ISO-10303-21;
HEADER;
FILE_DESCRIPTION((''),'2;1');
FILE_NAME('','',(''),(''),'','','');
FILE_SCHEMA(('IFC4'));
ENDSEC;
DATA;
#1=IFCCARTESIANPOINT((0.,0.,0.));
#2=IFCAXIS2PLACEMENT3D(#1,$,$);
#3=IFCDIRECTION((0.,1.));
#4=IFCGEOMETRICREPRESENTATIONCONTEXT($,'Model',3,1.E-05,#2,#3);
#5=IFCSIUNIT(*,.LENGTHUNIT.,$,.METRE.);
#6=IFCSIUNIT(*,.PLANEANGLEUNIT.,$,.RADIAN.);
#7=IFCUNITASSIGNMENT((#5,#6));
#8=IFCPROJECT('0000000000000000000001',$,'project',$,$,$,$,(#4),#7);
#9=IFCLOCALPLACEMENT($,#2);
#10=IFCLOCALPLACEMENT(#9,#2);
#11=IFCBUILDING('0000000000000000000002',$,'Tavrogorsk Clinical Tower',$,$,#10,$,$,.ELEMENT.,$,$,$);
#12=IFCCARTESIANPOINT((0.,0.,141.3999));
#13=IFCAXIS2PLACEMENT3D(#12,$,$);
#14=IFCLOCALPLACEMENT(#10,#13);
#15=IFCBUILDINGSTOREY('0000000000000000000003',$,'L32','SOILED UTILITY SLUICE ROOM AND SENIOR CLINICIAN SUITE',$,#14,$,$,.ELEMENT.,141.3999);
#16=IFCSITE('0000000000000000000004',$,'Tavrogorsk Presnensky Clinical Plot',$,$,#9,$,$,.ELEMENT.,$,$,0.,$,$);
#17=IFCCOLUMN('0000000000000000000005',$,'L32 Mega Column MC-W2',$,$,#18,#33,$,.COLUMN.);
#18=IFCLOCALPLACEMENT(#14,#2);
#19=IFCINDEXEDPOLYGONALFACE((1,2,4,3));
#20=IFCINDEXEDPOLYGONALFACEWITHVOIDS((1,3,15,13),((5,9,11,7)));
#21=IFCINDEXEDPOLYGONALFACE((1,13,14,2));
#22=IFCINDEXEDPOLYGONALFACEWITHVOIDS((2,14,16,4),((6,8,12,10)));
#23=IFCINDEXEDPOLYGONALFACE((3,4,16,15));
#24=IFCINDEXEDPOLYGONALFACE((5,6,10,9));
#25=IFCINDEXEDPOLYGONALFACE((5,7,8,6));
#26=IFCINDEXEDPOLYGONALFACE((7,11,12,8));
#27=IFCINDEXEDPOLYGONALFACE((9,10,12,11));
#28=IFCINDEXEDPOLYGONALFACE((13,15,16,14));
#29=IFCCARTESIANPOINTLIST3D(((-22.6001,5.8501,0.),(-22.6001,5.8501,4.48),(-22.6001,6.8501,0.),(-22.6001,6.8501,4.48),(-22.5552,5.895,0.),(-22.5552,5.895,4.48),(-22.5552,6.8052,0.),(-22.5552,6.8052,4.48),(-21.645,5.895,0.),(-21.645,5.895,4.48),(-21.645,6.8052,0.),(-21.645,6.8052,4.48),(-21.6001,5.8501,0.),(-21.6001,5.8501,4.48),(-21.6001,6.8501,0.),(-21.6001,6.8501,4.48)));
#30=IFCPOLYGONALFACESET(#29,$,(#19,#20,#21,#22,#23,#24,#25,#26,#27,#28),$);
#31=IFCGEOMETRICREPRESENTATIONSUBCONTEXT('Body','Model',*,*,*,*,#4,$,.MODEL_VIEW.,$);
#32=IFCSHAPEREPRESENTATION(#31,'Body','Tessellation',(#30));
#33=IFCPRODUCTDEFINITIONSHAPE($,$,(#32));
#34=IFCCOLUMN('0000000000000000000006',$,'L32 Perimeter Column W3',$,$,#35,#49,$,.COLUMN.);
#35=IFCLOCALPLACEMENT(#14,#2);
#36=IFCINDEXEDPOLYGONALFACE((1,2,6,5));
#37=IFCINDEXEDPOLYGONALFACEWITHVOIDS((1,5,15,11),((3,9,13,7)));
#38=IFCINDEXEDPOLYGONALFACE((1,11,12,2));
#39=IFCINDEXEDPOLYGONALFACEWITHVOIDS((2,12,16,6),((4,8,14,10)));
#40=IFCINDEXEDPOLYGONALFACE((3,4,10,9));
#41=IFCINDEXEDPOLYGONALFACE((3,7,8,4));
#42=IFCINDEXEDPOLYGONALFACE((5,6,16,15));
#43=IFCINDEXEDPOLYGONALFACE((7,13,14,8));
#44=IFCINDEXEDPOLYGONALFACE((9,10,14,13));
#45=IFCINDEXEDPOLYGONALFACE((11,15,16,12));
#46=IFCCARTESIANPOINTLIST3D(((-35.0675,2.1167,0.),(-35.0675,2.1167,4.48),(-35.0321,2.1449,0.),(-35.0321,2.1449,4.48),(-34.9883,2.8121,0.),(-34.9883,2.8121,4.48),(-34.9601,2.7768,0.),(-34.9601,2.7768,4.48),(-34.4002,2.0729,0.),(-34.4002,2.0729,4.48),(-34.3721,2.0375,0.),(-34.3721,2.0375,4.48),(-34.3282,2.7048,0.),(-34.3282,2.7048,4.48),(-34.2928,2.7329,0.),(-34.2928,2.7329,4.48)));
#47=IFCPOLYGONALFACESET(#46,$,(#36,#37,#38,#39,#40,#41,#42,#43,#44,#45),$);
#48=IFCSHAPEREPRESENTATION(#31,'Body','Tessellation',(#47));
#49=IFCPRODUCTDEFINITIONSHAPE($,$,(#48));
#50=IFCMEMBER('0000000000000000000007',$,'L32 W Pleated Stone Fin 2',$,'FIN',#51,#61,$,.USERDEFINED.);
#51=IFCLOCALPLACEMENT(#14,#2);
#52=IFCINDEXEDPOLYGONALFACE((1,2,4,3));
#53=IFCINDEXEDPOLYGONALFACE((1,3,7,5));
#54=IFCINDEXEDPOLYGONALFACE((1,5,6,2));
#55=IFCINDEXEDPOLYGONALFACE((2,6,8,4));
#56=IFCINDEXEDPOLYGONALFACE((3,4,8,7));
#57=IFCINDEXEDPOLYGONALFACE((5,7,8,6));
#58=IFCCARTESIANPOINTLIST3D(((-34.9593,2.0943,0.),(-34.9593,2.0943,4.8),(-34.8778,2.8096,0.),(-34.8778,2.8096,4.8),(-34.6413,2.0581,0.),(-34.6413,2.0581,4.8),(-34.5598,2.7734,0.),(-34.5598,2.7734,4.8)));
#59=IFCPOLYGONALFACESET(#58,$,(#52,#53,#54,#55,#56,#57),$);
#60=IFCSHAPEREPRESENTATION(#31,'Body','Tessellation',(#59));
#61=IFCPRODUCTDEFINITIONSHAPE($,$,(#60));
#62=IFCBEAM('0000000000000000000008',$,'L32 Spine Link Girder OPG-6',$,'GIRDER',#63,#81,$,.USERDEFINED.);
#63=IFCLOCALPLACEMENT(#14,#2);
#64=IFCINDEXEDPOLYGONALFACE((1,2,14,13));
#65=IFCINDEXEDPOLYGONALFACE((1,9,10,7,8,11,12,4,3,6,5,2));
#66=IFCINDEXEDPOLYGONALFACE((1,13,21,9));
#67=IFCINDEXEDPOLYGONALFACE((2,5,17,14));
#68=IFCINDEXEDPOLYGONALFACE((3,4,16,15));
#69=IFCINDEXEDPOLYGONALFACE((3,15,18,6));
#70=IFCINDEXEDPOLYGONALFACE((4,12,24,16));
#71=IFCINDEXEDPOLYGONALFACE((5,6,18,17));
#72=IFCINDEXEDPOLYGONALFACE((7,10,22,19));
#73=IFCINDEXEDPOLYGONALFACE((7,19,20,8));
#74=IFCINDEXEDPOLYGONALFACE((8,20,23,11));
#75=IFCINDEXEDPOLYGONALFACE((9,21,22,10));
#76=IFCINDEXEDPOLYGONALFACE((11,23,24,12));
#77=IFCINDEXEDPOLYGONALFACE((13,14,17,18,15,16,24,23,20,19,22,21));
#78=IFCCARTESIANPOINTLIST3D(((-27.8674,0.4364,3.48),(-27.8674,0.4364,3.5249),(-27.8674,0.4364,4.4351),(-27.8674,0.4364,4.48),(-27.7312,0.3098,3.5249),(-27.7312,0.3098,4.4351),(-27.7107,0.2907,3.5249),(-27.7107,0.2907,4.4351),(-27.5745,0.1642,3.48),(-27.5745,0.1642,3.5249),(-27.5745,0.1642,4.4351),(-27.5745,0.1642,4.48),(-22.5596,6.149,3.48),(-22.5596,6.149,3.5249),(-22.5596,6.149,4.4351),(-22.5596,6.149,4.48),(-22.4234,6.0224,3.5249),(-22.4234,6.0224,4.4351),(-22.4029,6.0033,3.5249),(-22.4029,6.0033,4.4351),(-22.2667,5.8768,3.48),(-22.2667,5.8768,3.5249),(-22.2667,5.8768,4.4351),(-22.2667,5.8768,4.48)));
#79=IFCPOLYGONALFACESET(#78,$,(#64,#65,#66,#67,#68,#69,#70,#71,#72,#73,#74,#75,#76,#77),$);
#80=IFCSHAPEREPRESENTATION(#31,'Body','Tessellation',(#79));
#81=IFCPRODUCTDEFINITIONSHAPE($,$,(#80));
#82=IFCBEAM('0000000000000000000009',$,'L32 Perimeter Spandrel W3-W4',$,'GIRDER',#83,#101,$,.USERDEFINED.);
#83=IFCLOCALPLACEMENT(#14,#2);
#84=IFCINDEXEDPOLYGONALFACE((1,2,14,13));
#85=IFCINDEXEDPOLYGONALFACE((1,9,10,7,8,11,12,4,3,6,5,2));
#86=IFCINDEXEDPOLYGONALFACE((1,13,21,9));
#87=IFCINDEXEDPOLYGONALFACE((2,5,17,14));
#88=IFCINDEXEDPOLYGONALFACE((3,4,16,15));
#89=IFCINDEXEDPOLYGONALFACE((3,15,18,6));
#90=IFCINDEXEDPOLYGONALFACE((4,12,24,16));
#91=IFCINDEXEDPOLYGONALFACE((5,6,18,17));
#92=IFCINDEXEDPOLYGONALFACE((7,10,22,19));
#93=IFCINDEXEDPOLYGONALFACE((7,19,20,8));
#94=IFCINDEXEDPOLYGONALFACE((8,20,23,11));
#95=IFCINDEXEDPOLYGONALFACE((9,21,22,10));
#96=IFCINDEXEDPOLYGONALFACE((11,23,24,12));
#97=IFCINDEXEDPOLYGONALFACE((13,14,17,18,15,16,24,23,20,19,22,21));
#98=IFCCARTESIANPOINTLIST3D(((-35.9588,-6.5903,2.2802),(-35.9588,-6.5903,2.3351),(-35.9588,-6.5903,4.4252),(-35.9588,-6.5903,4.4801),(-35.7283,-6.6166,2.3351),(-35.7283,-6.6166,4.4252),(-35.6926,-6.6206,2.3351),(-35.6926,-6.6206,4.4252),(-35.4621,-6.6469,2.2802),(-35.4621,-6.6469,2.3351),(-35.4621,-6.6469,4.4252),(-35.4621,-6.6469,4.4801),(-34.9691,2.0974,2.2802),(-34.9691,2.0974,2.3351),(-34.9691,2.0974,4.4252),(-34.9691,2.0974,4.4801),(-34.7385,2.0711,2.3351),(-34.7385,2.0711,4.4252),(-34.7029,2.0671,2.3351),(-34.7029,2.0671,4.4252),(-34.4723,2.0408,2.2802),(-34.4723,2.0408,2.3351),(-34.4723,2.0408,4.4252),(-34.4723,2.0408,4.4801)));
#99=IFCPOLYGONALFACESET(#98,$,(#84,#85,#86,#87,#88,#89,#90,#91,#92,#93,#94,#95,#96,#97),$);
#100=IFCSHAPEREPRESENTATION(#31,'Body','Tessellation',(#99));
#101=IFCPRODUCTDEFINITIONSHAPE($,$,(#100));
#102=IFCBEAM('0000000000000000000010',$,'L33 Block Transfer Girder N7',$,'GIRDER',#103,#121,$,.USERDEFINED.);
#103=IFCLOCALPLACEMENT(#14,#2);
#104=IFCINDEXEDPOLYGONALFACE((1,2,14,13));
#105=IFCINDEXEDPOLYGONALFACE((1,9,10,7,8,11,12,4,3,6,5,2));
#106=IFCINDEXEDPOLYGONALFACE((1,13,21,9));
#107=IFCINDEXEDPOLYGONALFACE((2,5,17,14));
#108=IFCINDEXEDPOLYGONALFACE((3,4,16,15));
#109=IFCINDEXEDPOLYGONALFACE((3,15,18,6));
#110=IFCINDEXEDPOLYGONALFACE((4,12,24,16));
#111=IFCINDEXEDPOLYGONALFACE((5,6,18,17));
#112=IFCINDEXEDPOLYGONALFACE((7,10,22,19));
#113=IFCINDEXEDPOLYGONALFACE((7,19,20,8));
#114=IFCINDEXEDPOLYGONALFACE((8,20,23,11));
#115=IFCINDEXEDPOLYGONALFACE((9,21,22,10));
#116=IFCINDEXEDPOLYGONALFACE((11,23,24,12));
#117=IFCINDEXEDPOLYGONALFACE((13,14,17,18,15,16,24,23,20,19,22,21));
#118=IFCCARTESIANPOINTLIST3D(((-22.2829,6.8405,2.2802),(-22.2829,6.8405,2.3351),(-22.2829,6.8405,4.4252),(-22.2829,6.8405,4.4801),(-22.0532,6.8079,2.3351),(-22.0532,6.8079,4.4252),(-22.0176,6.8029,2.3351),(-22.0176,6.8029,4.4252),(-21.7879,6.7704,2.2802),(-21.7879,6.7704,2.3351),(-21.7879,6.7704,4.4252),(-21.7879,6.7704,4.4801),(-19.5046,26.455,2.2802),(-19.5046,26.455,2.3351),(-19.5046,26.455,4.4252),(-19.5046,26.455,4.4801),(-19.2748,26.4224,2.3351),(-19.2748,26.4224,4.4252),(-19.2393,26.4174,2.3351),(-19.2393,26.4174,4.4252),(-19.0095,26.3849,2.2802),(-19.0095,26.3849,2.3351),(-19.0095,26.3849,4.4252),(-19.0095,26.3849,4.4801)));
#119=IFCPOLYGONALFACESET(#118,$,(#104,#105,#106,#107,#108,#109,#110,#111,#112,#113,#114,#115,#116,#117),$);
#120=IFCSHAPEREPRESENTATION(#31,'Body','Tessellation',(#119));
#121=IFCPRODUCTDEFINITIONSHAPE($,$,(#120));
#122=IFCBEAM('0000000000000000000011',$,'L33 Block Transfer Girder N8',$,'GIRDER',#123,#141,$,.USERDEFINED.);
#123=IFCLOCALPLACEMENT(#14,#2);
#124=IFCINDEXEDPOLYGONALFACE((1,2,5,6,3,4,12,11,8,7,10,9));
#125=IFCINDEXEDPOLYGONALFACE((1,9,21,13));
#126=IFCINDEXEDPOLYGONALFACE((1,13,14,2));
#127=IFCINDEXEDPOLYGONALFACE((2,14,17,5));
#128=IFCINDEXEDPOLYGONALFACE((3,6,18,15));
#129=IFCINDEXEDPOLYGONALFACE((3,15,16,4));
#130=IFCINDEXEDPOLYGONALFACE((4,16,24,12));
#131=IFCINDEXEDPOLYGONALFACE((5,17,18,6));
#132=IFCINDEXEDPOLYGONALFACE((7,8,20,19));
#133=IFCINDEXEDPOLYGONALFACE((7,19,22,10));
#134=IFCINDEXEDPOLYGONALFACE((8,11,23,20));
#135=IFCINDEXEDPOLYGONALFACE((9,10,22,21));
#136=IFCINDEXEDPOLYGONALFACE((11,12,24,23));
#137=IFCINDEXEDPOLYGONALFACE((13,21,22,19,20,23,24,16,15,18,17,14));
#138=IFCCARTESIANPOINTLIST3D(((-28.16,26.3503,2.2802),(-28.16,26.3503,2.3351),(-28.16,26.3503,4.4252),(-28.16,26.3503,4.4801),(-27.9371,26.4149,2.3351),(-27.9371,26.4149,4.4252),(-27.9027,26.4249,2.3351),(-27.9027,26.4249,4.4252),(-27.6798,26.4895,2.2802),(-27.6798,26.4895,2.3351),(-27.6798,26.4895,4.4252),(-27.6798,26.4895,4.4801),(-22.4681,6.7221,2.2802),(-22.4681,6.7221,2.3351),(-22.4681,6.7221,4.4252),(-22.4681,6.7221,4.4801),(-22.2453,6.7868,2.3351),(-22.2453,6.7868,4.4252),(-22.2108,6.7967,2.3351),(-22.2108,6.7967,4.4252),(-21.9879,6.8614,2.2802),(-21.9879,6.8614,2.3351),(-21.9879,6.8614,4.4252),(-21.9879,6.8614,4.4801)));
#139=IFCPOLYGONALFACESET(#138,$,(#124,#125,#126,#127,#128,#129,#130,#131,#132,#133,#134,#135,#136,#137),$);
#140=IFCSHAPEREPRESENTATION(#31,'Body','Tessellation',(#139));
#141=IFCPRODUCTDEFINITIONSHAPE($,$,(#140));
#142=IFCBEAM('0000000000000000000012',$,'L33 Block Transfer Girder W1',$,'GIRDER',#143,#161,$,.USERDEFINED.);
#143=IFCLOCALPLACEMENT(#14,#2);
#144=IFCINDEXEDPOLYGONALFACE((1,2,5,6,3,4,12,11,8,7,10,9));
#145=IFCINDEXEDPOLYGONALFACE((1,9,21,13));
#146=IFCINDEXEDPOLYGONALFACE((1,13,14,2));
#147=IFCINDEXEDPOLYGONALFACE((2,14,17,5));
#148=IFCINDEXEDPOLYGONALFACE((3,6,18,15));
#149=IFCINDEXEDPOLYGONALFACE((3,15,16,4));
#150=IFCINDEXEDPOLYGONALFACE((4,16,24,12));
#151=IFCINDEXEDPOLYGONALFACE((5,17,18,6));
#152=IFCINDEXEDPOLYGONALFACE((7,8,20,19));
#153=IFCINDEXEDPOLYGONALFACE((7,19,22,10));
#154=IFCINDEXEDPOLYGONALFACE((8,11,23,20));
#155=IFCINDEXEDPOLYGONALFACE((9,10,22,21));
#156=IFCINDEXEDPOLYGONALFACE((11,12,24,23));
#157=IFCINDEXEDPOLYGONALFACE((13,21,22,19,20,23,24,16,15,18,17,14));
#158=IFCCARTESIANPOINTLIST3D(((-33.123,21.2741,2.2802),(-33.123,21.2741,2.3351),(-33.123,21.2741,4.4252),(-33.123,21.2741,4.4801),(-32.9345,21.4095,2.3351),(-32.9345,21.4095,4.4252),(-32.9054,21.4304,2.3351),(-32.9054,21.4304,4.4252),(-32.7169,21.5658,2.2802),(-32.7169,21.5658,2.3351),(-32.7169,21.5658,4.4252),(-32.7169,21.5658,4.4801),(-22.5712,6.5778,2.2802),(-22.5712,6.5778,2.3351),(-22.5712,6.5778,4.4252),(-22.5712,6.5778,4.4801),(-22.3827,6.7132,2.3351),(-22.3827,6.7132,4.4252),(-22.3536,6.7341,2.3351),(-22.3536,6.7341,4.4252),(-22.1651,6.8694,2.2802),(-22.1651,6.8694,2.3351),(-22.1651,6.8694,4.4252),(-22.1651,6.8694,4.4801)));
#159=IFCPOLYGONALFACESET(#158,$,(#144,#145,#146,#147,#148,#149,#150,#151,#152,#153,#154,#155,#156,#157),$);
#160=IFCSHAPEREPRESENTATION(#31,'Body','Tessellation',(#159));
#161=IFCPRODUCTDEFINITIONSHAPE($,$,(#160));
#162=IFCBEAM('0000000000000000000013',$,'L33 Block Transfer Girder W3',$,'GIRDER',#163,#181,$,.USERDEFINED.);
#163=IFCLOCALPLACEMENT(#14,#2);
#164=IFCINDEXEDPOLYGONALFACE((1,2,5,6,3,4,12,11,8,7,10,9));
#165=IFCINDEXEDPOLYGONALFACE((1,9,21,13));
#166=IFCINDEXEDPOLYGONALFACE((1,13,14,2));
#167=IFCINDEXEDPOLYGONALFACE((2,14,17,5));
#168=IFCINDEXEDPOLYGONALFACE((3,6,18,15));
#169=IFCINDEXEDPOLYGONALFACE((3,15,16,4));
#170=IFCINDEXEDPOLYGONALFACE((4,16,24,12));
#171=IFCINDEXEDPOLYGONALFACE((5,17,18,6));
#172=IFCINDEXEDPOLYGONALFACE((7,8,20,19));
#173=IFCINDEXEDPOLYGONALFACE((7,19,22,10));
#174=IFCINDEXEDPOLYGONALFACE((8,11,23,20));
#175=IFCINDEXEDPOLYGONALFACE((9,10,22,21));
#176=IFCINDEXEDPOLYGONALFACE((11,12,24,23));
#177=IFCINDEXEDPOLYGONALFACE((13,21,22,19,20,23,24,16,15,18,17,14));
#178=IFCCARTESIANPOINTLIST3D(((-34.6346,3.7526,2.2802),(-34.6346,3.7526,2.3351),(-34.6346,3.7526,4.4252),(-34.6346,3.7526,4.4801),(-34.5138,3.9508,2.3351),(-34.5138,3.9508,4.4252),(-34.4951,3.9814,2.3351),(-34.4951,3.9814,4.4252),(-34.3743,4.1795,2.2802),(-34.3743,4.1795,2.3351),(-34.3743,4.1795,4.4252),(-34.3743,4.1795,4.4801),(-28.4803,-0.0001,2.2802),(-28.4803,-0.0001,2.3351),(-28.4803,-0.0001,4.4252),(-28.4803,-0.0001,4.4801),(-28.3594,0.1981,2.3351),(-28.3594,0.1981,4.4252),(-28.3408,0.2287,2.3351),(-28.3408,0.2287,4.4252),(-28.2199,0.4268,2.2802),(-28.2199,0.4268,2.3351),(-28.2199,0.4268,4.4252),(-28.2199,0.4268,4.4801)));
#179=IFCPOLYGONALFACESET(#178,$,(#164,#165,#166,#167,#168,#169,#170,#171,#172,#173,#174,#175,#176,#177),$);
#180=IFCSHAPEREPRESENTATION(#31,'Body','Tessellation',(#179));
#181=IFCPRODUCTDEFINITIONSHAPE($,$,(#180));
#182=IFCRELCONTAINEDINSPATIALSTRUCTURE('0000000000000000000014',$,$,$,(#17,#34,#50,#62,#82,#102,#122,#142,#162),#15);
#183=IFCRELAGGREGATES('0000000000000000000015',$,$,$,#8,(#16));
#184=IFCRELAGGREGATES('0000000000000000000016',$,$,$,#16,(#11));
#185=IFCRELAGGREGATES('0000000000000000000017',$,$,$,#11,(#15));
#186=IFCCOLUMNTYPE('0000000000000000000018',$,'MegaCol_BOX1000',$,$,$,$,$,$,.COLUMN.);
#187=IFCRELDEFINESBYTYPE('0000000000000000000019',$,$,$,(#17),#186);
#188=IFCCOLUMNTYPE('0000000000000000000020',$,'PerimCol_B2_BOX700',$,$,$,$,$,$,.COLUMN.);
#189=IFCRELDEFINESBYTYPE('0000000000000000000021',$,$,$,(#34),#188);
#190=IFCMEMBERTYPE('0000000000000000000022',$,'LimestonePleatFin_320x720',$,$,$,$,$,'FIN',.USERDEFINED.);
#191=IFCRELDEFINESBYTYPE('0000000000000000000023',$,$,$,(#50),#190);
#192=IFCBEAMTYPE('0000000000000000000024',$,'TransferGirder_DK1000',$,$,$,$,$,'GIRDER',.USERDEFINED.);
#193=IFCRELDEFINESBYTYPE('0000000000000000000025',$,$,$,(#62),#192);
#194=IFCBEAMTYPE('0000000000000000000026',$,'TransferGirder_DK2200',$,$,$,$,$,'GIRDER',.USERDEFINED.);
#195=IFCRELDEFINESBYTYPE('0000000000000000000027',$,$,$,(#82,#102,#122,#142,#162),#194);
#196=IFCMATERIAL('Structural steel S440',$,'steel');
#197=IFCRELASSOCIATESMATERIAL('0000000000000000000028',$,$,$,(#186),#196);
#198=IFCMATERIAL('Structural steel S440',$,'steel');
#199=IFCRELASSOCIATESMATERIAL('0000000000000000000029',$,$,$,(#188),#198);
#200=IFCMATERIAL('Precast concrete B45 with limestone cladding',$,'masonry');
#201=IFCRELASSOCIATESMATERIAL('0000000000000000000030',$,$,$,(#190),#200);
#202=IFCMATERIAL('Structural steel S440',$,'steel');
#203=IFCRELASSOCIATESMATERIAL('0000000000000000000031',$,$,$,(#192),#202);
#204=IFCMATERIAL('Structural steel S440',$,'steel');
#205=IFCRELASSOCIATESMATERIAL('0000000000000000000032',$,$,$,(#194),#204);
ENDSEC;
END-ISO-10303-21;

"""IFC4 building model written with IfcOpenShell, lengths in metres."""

from ifc_helpers import new_model, si_unit, direction, frame, origin, origin_2d, place, context, subcontext, project, spatial, rectangle, hollow_rectangle, i_section, extrude, material, material_profile, profile_set, type_object, element, save


model = new_model("IFC4")

# Units and contexts
model_context = context("Model", 3, precision=1e-05, world=origin(), true_north=direction((0.0, 1.0)))
body_context = subcontext(model_context, "Body", "Model", "MODEL_VIEW")
ifc_project = project(units=[si_unit("LENGTHUNIT", "METRE"), si_unit("PLANEANGLEUNIT", "RADIAN")], contexts=[model_context])

# Site, building, storey
site_placement = place(None, origin())
site = spatial("IfcSite", under=ifc_project, at=site_placement, Name="Tavrogorsk Presnensky Clinical Plot", CompositionType="ELEMENT", RefElevation=0.0)
building_placement = place(site_placement, origin())
building = spatial("IfcBuilding", under=site, at=building_placement, Name="Tavrogorsk Clinical Tower", CompositionType="ELEMENT")
storey_placement = place(building_placement, frame((0.0, 0.0, 141.3999)))
storey = spatial("IfcBuildingStorey", under=building, at=storey_placement, Name="L32", Description="SOILED UTILITY SLUICE ROOM AND SENIOR CLINICIAN SUITE", CompositionType="ELEMENT", Elevation=141.3999)

# Columns
ifc_material_1 = material(Name="Structural steel S440", Category="steel")
ifc_material_profile_1 = material_profile(ifc_material_1, hollow_rectangle(XDim=1.0, YDim=1.0, WallThickness=0.0449, at=origin_2d()), Name="BOX-1000x1000x45")
ifc_profile_set_1 = profile_set([ifc_material_profile_1], Name="Structural steel S440")
column_type_1 = type_object("IfcColumnType", Name="MegaCol_BOX1000", PredefinedType="COLUMN", material=ifc_profile_set_1)
column_1_placement = place(storey_placement, frame((-22.1001, 6.3501, 0.0), z_axis=(0.0, 0.0, 1.0), x_axis=(1.0, 0.0, 0.0)))
element("IfcColumn", 1, at=column_1_placement, inside=storey, type_object=column_type_1, Name="L32 Mega Column MC-W2", PredefinedType="COLUMN", context=body_context, shape_type="SweptSolid", body=[
    extrude(hollow_rectangle(XDim=1.0, YDim=1.0, WallThickness=0.0449, at=origin_2d()), origin(), (0.0, 0.0, 1.0), 4.48),
])
ifc_material_2 = material(Name="Structural steel S440", Category="steel")
ifc_material_profile_2 = material_profile(ifc_material_2, hollow_rectangle(XDim=0.7, YDim=0.7, WallThickness=0.032, at=origin_2d()), Name="BOX-700x700x32")
ifc_profile_set_2 = profile_set([ifc_material_profile_2], Name="Structural steel S440")
column_type_2 = type_object("IfcColumnType", Name="PerimCol_B2_BOX700", PredefinedType="COLUMN", material=ifc_profile_set_2)
column_2_placement = place(storey_placement, frame((-34.6802, 2.4248, 0.0), z_axis=(0.0, 0.0, 1.0), x_axis=(0.993572, -0.113203, 0.0)))
element("IfcColumn", 2, at=column_2_placement, inside=storey, type_object=column_type_2, Name="L32 Perimeter Column W3", PredefinedType="COLUMN", context=body_context, shape_type="SweptSolid", body=[
    extrude(hollow_rectangle(XDim=0.7, YDim=0.7, WallThickness=0.032, at=origin_2d()), origin(), (0.0, 0.0, 1.0), 4.48),
])

# Member
ifc_material_3 = material(Name="Precast concrete B45 with limestone cladding", Category="masonry")
ifc_material_profile_3 = material_profile(ifc_material_3, rectangle(XDim=0.3201, YDim=0.72, at=origin_2d()), Name="LIMESTONE-FIN-320x720")
ifc_profile_set_3 = profile_set([ifc_material_profile_3], Name="Precast concrete B45 with limestone cladding")
member_type = type_object("IfcMemberType", Name="LimestonePleatFin_320x720", ElementType="FIN", PredefinedType="USERDEFINED", material=ifc_profile_set_3)
member_placement = place(storey_placement, frame((-34.7595, 2.4338, 0.0), z_axis=(0.0, 0.0, 1.0), x_axis=(0.993572, -0.113203, 0.0)))
element("IfcMember", 3, at=member_placement, inside=storey, type_object=member_type, Name="L32 W Pleated Stone Fin 2", ObjectType="FIN", PredefinedType="USERDEFINED", context=body_context, shape_type="SweptSolid", body=[
    extrude(rectangle(XDim=0.3201, YDim=0.72, at=origin_2d()), origin(), (0.0, 0.0, 1.0), 4.8),
])

# Beams
ifc_material_4 = material(Name="Structural steel S440", Category="steel")
ifc_material_profile_4 = material_profile(ifc_material_4, i_section(OverallWidth=0.3999, OverallDepth=1.0, WebThickness=0.0281, FlangeThickness=0.0449, at=origin_2d()), Name="DK-1000x400x28x45")
ifc_profile_set_4 = profile_set([ifc_material_profile_4], Name="Structural steel S440")
beam_type_1 = type_object("IfcBeamType", Name="TransferGirder_DK1000", ElementType="GIRDER", PredefinedType="USERDEFINED", material=ifc_profile_set_4)
beam_1_placement = place(storey_placement, frame((-27.7209, 0.3003, 3.98), z_axis=(0.680676, 0.732585, 0.0), x_axis=(-0.732585, 0.680676, 0.0)))
element("IfcBeam", 4, at=beam_1_placement, inside=storey, type_object=beam_type_1, Name="L32 Spine Link Girder OPG-6", ObjectType="GIRDER", PredefinedType="USERDEFINED", context=body_context, shape_type="SweptSolid", body=[
    extrude(i_section(OverallWidth=0.3999, OverallDepth=1.0, WebThickness=0.0281, FlangeThickness=0.0449, at=origin_2d()), origin(), (0.0, 0.0, 1.0), 7.7979),
])
ifc_material_5 = material(Name="Structural steel S440", Category="steel")
ifc_material_profile_5 = material_profile(ifc_material_5, i_section(OverallWidth=0.5, OverallDepth=2.2, WebThickness=0.0359, FlangeThickness=0.0549, at=origin_2d()), Name="DK-2200x500x36x55")
ifc_profile_set_5 = profile_set([ifc_material_profile_5], Name="Structural steel S440")
beam_type_2 = type_object("IfcBeamType", Name="TransferGirder_DK2200", ElementType="GIRDER", PredefinedType="USERDEFINED", material=ifc_profile_set_5)
beam_2_placement = place(storey_placement, frame((-34.7207, 2.0691, 3.3801), z_axis=(-0.113192, -0.993573, 0.0), x_axis=(0.993573, -0.113192, 0.0)))
element("IfcBeam", 5, at=beam_2_placement, inside=storey, type_object=beam_type_2, Name="L32 Perimeter Spandrel W3-W4", ObjectType="GIRDER", PredefinedType="USERDEFINED", context=body_context, shape_type="SweptSolid", body=[
    extrude(i_section(OverallWidth=0.5, OverallDepth=2.2, WebThickness=0.0359, FlangeThickness=0.0549, at=origin_2d()), origin(), (0.0, 0.0, 1.0), 8.7439),
])
beam_3_placement = place(storey_placement, frame((-22.0354, 6.8054, 3.3801), z_axis=(0.140246, 0.990117, 0.0), x_axis=(-0.990117, 0.140246, 0.0)))
element("IfcBeam", 6, at=beam_3_placement, inside=storey, type_object=beam_type_2, Name="L33 Block Transfer Girder N7", ObjectType="GIRDER", PredefinedType="USERDEFINED", context=body_context, shape_type="SweptSolid", body=[
    extrude(i_section(OverallWidth=0.5, OverallDepth=2.2, WebThickness=0.0359, FlangeThickness=0.0549, at=origin_2d()), origin(), (0.0, 0.0, 1.0), 19.8103),
])
beam_4_placement = place(storey_placement, frame((-22.228, 6.7917, 3.3801), z_axis=(-0.278512, 0.960433, 0.0), x_axis=(-0.960433, -0.278512, 0.0)))
element("IfcBeam", 7, at=beam_4_placement, inside=storey, type_object=beam_type_2, Name="L33 Block Transfer Girder N8", ObjectType="GIRDER", PredefinedType="USERDEFINED", context=body_context, shape_type="SweptSolid", body=[
    extrude(i_section(OverallWidth=0.5, OverallDepth=2.2, WebThickness=0.0359, FlangeThickness=0.0549, at=origin_2d()), origin(), (0.0, 0.0, 1.0), 20.4368),
])
beam_5_placement = place(storey_placement, frame((-22.3682, 6.7236, 3.3801), z_axis=(-0.583228, 0.812309, 0.0), x_axis=(-0.812309, -0.583228, 0.0)))
element("IfcBeam", 8, at=beam_5_placement, inside=storey, type_object=beam_type_2, Name="L33 Block Transfer Girder W1", ObjectType="GIRDER", PredefinedType="USERDEFINED", context=body_context, shape_type="SweptSolid", body=[
    extrude(i_section(OverallWidth=0.5, OverallDepth=2.2, WebThickness=0.0359, FlangeThickness=0.0549, at=origin_2d()), origin(), (0.0, 0.0, 1.0), 18.092),
])
beam_6_placement = place(storey_placement, frame((-28.3501, 0.2134, 3.3801), z_axis=(-0.853792, 0.520614, 0.0), x_axis=(-0.520614, -0.853792, 0.0)))
element("IfcBeam", 9, at=beam_6_placement, inside=storey, type_object=beam_type_2, Name="L33 Block Transfer Girder W3", ObjectType="GIRDER", PredefinedType="USERDEFINED", context=body_context, shape_type="SweptSolid", body=[
    extrude(i_section(OverallWidth=0.5, OverallDepth=2.2, WebThickness=0.0359, FlangeThickness=0.0549, at=origin_2d()), origin(), (0.0, 0.0, 1.0), 7.2083),
])

save(model, "model.ifc")
